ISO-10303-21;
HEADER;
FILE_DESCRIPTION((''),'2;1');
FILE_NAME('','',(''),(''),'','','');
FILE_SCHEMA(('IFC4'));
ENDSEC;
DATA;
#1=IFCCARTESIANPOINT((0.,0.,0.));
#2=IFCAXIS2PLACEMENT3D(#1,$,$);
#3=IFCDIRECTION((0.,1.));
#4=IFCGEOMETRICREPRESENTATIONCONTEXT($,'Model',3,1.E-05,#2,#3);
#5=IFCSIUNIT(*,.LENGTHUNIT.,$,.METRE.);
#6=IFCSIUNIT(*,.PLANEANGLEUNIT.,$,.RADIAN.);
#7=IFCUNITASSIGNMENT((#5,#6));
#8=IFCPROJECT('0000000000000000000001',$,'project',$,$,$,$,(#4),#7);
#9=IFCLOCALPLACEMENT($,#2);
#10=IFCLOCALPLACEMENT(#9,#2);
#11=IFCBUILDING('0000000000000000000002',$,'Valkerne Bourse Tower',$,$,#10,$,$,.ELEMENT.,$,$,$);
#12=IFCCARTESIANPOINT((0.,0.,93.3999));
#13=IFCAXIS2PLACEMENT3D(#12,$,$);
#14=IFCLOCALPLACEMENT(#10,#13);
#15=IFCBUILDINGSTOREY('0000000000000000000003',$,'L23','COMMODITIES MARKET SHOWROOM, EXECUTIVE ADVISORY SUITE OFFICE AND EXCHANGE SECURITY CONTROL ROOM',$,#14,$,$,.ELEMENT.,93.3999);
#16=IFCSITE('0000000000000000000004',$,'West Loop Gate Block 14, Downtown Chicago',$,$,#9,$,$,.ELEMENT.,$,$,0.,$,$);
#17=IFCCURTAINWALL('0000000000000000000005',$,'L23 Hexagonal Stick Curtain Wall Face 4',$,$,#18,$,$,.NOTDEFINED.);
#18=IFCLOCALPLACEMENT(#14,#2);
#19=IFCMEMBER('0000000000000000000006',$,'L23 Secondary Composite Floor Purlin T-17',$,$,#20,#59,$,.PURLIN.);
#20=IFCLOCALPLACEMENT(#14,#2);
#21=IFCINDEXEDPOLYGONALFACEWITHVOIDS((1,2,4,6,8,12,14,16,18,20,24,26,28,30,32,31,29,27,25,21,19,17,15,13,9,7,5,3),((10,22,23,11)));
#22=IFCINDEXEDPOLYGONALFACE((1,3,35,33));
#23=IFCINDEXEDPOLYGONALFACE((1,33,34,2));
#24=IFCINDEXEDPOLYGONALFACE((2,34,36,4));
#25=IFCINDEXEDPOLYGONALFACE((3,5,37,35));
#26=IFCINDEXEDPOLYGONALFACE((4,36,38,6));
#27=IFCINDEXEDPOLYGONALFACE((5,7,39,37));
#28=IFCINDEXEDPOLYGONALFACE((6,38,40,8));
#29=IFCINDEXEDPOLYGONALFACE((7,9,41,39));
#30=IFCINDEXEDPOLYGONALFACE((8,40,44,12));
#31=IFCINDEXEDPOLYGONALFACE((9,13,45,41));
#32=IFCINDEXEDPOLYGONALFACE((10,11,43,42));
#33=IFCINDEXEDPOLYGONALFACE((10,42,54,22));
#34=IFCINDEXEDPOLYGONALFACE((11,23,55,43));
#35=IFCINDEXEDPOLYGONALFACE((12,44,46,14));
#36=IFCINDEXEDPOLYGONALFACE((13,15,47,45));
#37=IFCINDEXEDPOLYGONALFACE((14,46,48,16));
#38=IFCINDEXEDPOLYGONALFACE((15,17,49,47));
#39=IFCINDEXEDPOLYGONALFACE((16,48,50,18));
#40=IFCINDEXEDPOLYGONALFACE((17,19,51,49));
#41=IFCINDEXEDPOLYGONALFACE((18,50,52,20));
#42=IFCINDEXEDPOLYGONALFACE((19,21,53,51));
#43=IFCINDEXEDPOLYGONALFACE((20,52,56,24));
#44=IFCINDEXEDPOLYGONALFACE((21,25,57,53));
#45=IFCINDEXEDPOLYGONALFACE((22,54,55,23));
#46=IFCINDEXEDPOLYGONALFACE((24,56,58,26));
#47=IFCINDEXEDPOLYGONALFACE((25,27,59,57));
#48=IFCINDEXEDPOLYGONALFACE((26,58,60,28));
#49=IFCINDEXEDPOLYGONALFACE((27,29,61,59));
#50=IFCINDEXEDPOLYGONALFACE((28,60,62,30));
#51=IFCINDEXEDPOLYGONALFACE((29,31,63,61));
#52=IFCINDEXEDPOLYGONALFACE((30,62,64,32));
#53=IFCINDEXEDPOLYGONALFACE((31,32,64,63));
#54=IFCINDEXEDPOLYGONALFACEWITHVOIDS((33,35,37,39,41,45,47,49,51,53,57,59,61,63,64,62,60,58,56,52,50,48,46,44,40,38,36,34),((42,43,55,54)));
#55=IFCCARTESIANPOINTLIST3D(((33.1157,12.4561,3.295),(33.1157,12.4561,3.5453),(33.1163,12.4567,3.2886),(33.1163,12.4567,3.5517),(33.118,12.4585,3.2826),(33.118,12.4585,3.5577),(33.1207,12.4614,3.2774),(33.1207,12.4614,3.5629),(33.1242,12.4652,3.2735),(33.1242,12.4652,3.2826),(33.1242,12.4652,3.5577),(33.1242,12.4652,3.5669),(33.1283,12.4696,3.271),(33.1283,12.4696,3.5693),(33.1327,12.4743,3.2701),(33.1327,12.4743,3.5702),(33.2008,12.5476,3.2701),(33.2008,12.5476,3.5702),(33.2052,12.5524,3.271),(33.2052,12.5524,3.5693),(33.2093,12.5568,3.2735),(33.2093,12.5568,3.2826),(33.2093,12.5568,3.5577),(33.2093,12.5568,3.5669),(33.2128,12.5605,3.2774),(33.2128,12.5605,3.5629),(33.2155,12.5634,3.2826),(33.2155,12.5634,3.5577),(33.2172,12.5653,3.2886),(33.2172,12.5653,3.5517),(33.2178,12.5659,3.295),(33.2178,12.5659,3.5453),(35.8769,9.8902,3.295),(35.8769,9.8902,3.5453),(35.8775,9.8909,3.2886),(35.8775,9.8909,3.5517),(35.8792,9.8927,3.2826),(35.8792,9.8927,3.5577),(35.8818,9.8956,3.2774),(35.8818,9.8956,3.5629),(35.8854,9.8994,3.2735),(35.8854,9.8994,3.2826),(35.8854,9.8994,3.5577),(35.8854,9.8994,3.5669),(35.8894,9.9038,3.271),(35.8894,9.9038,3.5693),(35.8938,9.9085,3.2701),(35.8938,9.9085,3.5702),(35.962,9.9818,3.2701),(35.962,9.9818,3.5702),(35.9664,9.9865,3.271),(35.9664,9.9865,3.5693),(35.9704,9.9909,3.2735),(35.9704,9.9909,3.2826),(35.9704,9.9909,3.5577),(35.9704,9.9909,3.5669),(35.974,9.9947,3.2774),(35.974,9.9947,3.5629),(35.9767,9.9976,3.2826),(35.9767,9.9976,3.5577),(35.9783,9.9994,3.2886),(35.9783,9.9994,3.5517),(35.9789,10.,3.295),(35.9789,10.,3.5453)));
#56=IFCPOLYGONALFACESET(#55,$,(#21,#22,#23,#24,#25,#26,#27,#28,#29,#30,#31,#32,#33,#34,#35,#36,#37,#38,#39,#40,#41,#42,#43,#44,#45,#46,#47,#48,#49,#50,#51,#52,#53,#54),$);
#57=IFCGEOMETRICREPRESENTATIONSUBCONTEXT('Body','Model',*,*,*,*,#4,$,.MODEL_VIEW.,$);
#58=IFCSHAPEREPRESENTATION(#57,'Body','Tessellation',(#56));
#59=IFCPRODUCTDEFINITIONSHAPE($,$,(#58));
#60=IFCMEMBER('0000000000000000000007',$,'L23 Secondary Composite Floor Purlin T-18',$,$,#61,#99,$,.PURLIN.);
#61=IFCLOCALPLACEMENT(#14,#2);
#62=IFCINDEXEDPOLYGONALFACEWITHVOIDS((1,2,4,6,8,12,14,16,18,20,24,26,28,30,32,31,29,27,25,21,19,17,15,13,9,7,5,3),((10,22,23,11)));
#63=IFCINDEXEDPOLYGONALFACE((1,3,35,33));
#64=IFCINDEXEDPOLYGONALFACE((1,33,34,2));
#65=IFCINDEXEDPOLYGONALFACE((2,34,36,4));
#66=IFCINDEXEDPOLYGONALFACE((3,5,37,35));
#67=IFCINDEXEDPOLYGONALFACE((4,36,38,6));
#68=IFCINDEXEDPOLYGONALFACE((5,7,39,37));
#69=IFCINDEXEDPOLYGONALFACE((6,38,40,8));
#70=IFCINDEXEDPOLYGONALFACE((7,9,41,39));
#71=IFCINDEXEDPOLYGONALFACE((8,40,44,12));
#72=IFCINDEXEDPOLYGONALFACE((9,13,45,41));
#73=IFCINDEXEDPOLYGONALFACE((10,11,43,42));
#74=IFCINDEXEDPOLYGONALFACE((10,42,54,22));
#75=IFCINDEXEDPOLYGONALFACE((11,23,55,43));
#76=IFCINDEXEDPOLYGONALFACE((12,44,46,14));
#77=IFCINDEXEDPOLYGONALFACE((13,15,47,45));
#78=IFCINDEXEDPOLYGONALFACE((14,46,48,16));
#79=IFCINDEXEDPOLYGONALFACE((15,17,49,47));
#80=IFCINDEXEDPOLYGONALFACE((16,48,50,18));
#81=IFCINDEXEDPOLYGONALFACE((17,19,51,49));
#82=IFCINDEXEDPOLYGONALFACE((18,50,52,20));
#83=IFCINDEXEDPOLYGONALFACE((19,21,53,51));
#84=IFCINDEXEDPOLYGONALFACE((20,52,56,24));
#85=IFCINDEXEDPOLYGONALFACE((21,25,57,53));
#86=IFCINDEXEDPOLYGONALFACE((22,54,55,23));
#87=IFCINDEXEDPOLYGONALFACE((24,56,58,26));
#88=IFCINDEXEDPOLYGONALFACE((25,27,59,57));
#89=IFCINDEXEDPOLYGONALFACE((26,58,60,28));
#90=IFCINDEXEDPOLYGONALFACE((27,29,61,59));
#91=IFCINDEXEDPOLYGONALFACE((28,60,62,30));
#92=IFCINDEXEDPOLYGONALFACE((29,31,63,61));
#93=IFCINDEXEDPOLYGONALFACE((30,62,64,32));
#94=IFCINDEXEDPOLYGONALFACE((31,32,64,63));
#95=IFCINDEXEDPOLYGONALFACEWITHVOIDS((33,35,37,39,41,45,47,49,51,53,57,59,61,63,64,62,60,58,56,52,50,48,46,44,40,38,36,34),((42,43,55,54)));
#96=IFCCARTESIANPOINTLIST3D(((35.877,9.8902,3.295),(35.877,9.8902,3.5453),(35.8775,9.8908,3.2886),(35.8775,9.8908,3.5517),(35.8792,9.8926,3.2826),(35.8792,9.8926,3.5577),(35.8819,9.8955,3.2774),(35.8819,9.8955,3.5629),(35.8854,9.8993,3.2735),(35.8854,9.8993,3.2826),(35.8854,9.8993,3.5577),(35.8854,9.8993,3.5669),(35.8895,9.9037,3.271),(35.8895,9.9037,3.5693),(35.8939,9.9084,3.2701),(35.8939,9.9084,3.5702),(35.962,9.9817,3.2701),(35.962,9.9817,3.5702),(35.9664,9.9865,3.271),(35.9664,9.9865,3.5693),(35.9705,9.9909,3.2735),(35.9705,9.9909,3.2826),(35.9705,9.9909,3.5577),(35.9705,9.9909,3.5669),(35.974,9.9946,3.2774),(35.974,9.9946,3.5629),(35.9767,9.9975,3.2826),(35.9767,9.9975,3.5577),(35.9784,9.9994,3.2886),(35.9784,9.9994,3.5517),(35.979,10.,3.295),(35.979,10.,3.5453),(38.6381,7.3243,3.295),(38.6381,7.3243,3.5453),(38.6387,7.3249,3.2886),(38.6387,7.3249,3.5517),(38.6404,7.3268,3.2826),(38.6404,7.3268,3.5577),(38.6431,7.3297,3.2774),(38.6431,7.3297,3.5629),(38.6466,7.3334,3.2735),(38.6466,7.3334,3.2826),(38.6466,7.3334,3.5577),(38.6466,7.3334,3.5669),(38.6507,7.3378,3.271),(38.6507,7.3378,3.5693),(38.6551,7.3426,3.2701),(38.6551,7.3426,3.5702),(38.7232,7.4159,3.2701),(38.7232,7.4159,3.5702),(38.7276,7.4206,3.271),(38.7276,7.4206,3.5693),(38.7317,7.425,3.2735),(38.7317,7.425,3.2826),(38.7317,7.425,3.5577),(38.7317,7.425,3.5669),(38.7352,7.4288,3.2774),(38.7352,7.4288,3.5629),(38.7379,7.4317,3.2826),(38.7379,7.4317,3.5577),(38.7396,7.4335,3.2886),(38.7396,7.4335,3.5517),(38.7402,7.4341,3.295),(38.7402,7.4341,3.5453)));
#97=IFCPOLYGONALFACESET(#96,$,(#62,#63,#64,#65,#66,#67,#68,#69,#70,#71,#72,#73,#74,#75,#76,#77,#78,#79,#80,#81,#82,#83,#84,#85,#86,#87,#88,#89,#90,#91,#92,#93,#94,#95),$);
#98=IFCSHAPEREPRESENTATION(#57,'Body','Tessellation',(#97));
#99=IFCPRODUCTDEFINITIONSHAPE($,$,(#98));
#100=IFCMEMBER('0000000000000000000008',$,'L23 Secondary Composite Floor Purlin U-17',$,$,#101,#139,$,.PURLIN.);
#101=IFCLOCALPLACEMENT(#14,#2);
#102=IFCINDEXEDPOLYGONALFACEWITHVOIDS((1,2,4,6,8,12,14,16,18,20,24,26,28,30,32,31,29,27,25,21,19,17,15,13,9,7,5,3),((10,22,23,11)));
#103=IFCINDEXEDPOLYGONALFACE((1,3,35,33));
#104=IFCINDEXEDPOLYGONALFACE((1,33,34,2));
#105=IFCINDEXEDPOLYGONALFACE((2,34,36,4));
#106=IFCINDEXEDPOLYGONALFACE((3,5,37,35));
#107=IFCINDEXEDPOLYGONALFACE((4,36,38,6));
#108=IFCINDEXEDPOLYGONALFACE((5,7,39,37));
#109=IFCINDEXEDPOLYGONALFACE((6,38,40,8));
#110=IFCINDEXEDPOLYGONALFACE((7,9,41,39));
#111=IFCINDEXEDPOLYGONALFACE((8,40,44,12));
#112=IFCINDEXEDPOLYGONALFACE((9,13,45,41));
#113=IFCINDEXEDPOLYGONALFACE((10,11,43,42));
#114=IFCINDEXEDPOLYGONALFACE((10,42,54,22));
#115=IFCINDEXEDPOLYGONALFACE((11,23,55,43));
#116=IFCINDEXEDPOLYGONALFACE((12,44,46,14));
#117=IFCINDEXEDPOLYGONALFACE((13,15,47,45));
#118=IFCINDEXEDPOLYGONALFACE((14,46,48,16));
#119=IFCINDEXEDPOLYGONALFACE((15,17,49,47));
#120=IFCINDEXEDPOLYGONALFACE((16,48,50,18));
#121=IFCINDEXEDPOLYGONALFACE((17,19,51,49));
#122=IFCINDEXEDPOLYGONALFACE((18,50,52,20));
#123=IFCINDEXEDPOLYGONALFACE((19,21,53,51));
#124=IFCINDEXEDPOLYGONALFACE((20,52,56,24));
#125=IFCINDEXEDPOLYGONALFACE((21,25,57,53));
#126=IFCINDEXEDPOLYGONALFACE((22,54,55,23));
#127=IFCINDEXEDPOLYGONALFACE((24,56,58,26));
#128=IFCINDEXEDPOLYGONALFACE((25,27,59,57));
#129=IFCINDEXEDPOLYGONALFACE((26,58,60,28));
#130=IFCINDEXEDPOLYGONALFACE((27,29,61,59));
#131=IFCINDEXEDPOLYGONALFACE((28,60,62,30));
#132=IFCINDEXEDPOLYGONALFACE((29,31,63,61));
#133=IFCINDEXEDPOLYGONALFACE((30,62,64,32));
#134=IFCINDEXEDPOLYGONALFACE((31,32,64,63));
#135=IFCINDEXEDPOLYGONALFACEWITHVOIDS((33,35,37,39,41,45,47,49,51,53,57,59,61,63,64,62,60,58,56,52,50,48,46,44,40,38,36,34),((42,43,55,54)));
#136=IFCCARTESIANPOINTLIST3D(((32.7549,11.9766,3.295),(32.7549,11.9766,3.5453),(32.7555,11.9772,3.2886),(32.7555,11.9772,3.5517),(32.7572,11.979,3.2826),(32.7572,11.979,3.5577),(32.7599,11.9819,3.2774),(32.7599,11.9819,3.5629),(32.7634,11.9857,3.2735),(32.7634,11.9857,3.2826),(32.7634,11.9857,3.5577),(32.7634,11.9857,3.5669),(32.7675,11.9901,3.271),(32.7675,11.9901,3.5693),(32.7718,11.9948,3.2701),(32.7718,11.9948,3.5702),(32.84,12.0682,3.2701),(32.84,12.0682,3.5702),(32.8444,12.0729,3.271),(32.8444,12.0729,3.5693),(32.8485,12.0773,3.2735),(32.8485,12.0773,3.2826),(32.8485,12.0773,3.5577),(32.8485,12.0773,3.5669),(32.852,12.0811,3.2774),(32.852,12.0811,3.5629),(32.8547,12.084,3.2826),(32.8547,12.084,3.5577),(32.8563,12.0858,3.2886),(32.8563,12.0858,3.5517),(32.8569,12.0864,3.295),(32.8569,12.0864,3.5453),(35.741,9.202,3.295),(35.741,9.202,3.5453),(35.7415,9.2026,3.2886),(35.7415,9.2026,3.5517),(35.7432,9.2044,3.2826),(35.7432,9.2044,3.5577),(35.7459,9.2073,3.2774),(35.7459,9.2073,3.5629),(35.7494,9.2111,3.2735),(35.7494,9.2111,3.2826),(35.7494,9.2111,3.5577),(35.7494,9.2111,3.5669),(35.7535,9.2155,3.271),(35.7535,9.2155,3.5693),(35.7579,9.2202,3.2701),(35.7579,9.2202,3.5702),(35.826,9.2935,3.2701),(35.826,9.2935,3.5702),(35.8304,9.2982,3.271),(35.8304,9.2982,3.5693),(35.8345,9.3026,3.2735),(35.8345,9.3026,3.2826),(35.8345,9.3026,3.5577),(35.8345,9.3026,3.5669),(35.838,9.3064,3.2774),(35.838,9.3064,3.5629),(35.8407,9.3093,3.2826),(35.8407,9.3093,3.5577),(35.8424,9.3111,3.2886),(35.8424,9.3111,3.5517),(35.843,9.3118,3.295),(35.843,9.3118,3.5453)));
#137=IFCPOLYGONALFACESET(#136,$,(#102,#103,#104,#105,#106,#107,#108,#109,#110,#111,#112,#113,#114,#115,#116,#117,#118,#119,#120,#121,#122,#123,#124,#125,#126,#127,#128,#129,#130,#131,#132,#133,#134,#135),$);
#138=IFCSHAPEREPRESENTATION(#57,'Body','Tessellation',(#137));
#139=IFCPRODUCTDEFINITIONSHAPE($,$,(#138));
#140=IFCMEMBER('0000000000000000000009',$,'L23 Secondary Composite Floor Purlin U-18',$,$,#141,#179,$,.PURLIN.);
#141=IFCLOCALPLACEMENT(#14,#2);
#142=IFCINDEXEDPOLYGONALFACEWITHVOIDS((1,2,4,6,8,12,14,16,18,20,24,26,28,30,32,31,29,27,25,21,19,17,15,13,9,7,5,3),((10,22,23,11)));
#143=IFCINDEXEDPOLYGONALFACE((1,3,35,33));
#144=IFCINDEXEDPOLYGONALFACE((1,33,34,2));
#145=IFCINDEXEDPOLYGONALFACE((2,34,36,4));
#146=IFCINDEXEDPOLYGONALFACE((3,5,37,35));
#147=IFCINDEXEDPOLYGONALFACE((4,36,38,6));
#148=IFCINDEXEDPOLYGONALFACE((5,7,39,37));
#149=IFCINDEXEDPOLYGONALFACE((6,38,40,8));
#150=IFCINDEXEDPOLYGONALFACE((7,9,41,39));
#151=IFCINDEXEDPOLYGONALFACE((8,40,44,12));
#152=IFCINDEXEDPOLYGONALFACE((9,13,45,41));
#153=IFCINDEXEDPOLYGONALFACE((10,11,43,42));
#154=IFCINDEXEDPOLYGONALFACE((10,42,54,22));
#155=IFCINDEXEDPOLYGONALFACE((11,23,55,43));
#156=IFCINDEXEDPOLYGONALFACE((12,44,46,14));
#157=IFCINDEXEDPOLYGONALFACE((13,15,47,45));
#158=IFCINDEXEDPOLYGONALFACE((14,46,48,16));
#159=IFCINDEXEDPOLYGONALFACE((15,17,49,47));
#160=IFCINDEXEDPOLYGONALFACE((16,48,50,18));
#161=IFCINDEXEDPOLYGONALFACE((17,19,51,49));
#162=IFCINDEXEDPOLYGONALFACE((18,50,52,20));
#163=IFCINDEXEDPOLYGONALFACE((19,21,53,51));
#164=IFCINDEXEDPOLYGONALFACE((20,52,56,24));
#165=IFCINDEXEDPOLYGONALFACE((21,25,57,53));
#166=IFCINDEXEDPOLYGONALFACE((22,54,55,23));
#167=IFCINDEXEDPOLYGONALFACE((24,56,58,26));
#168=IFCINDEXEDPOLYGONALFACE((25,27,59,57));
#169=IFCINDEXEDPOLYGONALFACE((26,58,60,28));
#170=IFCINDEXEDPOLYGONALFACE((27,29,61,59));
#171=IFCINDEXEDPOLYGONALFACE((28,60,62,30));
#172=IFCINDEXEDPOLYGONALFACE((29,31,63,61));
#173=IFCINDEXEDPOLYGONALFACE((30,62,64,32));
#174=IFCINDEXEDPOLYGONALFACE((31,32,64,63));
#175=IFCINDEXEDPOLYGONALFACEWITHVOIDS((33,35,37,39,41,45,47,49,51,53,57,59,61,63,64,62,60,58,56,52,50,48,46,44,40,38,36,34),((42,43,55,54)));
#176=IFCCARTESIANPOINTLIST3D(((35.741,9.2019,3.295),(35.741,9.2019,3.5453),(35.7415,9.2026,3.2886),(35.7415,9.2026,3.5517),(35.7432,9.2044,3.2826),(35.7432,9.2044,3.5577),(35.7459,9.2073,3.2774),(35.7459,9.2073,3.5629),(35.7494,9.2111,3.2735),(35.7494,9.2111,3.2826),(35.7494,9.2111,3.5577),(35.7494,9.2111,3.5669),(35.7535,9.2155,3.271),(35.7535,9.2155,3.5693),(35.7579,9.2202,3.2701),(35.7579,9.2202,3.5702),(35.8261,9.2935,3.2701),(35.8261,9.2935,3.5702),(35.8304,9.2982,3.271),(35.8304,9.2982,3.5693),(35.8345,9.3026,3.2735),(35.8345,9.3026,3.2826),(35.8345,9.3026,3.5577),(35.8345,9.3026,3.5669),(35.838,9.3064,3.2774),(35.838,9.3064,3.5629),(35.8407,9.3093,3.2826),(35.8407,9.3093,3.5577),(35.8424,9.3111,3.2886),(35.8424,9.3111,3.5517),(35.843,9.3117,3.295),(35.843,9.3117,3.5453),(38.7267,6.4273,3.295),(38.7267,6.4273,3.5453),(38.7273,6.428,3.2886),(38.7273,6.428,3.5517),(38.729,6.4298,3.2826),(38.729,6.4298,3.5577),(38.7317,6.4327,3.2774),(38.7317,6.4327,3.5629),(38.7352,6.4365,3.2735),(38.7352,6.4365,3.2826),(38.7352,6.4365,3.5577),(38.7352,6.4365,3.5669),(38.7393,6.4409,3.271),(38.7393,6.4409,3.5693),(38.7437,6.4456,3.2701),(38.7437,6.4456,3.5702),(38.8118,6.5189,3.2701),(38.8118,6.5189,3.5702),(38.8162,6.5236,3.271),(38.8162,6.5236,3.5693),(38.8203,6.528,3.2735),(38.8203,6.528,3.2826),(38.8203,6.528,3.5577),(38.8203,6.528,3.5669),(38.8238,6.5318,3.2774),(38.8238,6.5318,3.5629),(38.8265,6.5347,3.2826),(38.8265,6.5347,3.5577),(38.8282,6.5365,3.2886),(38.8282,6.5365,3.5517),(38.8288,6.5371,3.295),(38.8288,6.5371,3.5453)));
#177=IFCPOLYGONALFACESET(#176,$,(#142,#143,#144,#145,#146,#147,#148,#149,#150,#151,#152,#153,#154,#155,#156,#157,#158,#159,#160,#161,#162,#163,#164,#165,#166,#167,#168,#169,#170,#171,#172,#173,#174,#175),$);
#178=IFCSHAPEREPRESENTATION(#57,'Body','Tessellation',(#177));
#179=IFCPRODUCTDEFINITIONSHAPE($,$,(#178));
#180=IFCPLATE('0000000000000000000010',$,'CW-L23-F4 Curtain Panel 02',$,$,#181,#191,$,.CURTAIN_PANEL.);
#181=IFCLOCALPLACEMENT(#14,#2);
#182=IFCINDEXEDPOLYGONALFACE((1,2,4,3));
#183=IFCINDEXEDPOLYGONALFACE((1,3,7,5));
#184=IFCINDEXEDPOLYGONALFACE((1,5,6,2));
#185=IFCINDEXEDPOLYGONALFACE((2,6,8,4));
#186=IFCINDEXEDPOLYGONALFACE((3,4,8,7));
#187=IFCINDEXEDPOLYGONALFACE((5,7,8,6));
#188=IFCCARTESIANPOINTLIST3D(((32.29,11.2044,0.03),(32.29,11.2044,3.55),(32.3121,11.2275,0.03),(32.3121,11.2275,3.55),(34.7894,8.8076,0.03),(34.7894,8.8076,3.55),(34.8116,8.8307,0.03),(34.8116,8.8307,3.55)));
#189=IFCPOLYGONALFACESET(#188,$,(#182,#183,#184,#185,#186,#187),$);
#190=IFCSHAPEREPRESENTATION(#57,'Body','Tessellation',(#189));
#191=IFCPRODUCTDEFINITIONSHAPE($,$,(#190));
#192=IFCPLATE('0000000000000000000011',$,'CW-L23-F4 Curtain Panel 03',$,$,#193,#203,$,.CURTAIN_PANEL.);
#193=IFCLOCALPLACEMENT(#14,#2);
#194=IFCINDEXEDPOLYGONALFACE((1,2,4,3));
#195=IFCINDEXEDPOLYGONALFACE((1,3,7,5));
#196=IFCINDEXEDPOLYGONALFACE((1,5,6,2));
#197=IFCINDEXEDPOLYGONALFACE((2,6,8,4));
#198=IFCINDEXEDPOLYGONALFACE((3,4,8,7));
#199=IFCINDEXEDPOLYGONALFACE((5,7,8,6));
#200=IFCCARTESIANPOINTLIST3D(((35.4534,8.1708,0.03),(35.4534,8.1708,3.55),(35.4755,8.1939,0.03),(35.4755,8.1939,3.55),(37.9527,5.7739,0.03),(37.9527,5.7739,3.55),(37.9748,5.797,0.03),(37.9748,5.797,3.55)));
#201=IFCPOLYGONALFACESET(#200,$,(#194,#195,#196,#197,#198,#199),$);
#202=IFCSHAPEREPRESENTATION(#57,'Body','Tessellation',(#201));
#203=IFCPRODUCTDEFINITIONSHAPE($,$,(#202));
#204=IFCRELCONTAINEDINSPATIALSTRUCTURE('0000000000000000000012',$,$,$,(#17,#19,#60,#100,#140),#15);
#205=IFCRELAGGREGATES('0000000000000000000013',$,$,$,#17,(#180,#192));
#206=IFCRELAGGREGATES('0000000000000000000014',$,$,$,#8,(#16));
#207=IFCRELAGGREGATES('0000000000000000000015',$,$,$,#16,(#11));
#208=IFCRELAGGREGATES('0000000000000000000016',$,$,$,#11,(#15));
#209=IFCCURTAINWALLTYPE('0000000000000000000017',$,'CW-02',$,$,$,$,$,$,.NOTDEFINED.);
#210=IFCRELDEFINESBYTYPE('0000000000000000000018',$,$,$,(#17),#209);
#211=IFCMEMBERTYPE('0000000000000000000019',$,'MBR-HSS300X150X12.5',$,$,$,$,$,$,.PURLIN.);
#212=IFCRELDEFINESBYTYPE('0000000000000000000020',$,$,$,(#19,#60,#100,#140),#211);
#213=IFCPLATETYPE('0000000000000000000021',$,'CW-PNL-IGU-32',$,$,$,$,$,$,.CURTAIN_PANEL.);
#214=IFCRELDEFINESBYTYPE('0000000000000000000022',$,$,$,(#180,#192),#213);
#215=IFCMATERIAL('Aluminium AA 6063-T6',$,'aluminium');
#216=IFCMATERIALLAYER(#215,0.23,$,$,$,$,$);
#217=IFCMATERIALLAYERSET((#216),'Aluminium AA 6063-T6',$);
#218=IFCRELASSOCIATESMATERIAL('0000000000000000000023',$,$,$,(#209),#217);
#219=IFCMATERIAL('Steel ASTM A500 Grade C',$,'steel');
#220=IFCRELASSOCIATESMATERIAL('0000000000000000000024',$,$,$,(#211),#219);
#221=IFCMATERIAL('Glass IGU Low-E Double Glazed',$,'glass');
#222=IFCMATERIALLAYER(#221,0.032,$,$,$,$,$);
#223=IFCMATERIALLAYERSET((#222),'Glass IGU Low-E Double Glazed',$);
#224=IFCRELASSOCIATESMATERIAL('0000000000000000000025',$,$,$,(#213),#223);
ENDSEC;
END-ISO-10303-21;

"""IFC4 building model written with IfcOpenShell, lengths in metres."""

from ifc_helpers import new_model, si_unit, direction, frame, origin, origin_2d, place, context, subcontext, project, spatial, rectangle, hollow_rectangle, extrude, material, layer, layer_set, material_profile, profile_set, type_object, element, aggregate, save


model = new_model("IFC4")

# Units and contexts
model_context = context("Model", 3, precision=1e-05, world=origin(), true_north=direction((0.0, 1.0)))
body_context = subcontext(model_context, "Body", "Model", "MODEL_VIEW")
ifc_project = project(units=[si_unit("LENGTHUNIT", "METRE"), si_unit("PLANEANGLEUNIT", "RADIAN")], contexts=[model_context])

# Site, building, storey
site_placement = place(None, origin())
site = spatial("IfcSite", under=ifc_project, at=site_placement, Name="West Loop Gate Block 14, Downtown Chicago", CompositionType="ELEMENT", RefElevation=0.0)
building_placement = place(site_placement, origin())
building = spatial("IfcBuilding", under=site, at=building_placement, Name="Valkerne Bourse Tower", CompositionType="ELEMENT")
storey_placement = place(building_placement, frame((0.0, 0.0, 93.3999)))
storey = spatial("IfcBuildingStorey", under=building, at=storey_placement, Name="L23", Description="COMMODITIES MARKET SHOWROOM, EXECUTIVE ADVISORY SUITE OFFICE AND EXCHANGE SECURITY CONTROL ROOM", CompositionType="ELEMENT", Elevation=93.3999)

# Curtain wall
ifc_material_1 = material(Name="Aluminium AA 6063-T6", Category="aluminium")
ifc_layer_1 = layer(ifc_material_1, 0.23)
ifc_layer_set_1 = layer_set([ifc_layer_1], Name="Aluminium AA 6063-T6")
curtain_wall_type = type_object("IfcCurtainWallType", Name="CW-02", PredefinedType="NOTDEFINED", material=ifc_layer_set_1)
curtain_wall_placement = place(storey_placement, origin())
curtain_wall = element("IfcCurtainWall", 1, at=curtain_wall_placement, inside=storey, type_object=curtain_wall_type, Name="L23 Hexagonal Stick Curtain Wall Face 4", PredefinedType="NOTDEFINED")

# Members
ifc_material_2 = material(Name="Steel ASTM A500 Grade C", Category="steel")
ifc_material_profile_1 = material_profile(ifc_material_2, hollow_rectangle(XDim=0.1499, YDim=0.3, WallThickness=0.0125, OuterFilletRadius=0.0249, at=origin_2d()), Name="HSS300X150X12.5")
ifc_profile_set_1 = profile_set([ifc_material_profile_1], Name="Steel ASTM A500 Grade C")
member_type_1 = type_object("IfcMemberType", Name="MBR-HSS300X150X12.5", PredefinedType="PURLIN", material=ifc_profile_set_1)
for number, where, z_axis, x_axis, name in (
    (2, (33.1667, 12.511, 3.4202), (0.73254, -0.680724, 0.0), (0.680724, 0.73254, 0.0), "L23 Secondary Composite Floor Purlin T-17"),
    (3, (35.928, 9.9451, 3.4202), (0.73254, -0.680724, 0.0), (0.680724, 0.73254, 0.0), "L23 Secondary Composite Floor Purlin T-18"),
):
    element("IfcMember", number, at=place(storey_placement, frame(where, z_axis=z_axis, x_axis=x_axis)), inside=storey, type_object=member_type_1, Name=name, PredefinedType="PURLIN", context=body_context, shape_type="SweptSolid", body=[
        extrude(hollow_rectangle(XDim=0.1499, YDim=0.3, WallThickness=0.0125, OuterFilletRadius=0.0249, at=origin_2d()), origin(), (0.0, 0.0, 1.0), 3.7693),
    ])
member_1_placement = place(storey_placement, frame((32.8059, 12.0315, 3.4202), z_axis=(0.732565, -0.680697, 0.0), x_axis=(0.680697, 0.732565, 0.0)))
element("IfcMember", 4, at=member_1_placement, inside=storey, type_object=member_type_1, Name="L23 Secondary Composite Floor Purlin U-17", PredefinedType="PURLIN", context=body_context, shape_type="SweptSolid", body=[
    extrude(hollow_rectangle(XDim=0.1499, YDim=0.3, WallThickness=0.0125, OuterFilletRadius=0.0249, at=origin_2d()), origin(), (0.0, 0.0, 1.0), 4.0762),
])
member_2_placement = place(storey_placement, frame((35.792, 9.2568, 3.4202), z_axis=(0.732537, -0.680727, 0.0), x_axis=(0.680727, 0.732537, 0.0)))
element("IfcMember", 5, at=member_2_placement, inside=storey, type_object=member_type_1, Name="L23 Secondary Composite Floor Purlin U-18", PredefinedType="PURLIN", context=body_context, shape_type="SweptSolid", body=[
    extrude(hollow_rectangle(XDim=0.1499, YDim=0.3, WallThickness=0.0125, OuterFilletRadius=0.0249, at=origin_2d()), origin(), (0.0, 0.0, 1.0), 4.0759),
])

# Plates
ifc_material_3 = material(Name="Glass IGU Low-E Double Glazed", Category="glass")
ifc_layer_2 = layer(ifc_material_3, 0.032)
ifc_layer_set_2 = layer_set([ifc_layer_2], Name="Glass IGU Low-E Double Glazed")
plate_type = type_object("IfcPlateType", Name="CW-PNL-IGU-32", PredefinedType="CURTAIN_PANEL", material=ifc_layer_set_2)
plate_1_placement = place(storey_placement, frame((33.5508, 10.0176, 0.03), z_axis=(0.0, 0.0, 1.0), x_axis=(0.72177, -0.692133, 0.0)))
plate_1 = element("IfcPlate", 6, at=plate_1_placement, type_object=plate_type, Name="CW-L23-F4 Curtain Panel 02", PredefinedType="CURTAIN_PANEL", context=body_context, shape_type="SweptSolid", body=[
    extrude(rectangle(XDim=3.4629, YDim=0.032, at=origin_2d()), origin(), (0.0, 0.0, 1.0), 3.52),
])
plate_2_placement = place(storey_placement, frame((36.7141, 6.9839, 0.03), z_axis=(0.0, 0.0, 1.0), x_axis=(0.721748, -0.692156, 0.0)))
plate_2 = element("IfcPlate", 7, at=plate_2_placement, type_object=plate_type, Name="CW-L23-F4 Curtain Panel 03", PredefinedType="CURTAIN_PANEL", context=body_context, shape_type="SweptSolid", body=[
    extrude(rectangle(XDim=3.4629, YDim=0.032, at=origin_2d()), origin(), (0.0, 0.0, 1.0), 3.52),
])
aggregate(curtain_wall, [plate_1, plate_2])

save(model, "model.ifc")
